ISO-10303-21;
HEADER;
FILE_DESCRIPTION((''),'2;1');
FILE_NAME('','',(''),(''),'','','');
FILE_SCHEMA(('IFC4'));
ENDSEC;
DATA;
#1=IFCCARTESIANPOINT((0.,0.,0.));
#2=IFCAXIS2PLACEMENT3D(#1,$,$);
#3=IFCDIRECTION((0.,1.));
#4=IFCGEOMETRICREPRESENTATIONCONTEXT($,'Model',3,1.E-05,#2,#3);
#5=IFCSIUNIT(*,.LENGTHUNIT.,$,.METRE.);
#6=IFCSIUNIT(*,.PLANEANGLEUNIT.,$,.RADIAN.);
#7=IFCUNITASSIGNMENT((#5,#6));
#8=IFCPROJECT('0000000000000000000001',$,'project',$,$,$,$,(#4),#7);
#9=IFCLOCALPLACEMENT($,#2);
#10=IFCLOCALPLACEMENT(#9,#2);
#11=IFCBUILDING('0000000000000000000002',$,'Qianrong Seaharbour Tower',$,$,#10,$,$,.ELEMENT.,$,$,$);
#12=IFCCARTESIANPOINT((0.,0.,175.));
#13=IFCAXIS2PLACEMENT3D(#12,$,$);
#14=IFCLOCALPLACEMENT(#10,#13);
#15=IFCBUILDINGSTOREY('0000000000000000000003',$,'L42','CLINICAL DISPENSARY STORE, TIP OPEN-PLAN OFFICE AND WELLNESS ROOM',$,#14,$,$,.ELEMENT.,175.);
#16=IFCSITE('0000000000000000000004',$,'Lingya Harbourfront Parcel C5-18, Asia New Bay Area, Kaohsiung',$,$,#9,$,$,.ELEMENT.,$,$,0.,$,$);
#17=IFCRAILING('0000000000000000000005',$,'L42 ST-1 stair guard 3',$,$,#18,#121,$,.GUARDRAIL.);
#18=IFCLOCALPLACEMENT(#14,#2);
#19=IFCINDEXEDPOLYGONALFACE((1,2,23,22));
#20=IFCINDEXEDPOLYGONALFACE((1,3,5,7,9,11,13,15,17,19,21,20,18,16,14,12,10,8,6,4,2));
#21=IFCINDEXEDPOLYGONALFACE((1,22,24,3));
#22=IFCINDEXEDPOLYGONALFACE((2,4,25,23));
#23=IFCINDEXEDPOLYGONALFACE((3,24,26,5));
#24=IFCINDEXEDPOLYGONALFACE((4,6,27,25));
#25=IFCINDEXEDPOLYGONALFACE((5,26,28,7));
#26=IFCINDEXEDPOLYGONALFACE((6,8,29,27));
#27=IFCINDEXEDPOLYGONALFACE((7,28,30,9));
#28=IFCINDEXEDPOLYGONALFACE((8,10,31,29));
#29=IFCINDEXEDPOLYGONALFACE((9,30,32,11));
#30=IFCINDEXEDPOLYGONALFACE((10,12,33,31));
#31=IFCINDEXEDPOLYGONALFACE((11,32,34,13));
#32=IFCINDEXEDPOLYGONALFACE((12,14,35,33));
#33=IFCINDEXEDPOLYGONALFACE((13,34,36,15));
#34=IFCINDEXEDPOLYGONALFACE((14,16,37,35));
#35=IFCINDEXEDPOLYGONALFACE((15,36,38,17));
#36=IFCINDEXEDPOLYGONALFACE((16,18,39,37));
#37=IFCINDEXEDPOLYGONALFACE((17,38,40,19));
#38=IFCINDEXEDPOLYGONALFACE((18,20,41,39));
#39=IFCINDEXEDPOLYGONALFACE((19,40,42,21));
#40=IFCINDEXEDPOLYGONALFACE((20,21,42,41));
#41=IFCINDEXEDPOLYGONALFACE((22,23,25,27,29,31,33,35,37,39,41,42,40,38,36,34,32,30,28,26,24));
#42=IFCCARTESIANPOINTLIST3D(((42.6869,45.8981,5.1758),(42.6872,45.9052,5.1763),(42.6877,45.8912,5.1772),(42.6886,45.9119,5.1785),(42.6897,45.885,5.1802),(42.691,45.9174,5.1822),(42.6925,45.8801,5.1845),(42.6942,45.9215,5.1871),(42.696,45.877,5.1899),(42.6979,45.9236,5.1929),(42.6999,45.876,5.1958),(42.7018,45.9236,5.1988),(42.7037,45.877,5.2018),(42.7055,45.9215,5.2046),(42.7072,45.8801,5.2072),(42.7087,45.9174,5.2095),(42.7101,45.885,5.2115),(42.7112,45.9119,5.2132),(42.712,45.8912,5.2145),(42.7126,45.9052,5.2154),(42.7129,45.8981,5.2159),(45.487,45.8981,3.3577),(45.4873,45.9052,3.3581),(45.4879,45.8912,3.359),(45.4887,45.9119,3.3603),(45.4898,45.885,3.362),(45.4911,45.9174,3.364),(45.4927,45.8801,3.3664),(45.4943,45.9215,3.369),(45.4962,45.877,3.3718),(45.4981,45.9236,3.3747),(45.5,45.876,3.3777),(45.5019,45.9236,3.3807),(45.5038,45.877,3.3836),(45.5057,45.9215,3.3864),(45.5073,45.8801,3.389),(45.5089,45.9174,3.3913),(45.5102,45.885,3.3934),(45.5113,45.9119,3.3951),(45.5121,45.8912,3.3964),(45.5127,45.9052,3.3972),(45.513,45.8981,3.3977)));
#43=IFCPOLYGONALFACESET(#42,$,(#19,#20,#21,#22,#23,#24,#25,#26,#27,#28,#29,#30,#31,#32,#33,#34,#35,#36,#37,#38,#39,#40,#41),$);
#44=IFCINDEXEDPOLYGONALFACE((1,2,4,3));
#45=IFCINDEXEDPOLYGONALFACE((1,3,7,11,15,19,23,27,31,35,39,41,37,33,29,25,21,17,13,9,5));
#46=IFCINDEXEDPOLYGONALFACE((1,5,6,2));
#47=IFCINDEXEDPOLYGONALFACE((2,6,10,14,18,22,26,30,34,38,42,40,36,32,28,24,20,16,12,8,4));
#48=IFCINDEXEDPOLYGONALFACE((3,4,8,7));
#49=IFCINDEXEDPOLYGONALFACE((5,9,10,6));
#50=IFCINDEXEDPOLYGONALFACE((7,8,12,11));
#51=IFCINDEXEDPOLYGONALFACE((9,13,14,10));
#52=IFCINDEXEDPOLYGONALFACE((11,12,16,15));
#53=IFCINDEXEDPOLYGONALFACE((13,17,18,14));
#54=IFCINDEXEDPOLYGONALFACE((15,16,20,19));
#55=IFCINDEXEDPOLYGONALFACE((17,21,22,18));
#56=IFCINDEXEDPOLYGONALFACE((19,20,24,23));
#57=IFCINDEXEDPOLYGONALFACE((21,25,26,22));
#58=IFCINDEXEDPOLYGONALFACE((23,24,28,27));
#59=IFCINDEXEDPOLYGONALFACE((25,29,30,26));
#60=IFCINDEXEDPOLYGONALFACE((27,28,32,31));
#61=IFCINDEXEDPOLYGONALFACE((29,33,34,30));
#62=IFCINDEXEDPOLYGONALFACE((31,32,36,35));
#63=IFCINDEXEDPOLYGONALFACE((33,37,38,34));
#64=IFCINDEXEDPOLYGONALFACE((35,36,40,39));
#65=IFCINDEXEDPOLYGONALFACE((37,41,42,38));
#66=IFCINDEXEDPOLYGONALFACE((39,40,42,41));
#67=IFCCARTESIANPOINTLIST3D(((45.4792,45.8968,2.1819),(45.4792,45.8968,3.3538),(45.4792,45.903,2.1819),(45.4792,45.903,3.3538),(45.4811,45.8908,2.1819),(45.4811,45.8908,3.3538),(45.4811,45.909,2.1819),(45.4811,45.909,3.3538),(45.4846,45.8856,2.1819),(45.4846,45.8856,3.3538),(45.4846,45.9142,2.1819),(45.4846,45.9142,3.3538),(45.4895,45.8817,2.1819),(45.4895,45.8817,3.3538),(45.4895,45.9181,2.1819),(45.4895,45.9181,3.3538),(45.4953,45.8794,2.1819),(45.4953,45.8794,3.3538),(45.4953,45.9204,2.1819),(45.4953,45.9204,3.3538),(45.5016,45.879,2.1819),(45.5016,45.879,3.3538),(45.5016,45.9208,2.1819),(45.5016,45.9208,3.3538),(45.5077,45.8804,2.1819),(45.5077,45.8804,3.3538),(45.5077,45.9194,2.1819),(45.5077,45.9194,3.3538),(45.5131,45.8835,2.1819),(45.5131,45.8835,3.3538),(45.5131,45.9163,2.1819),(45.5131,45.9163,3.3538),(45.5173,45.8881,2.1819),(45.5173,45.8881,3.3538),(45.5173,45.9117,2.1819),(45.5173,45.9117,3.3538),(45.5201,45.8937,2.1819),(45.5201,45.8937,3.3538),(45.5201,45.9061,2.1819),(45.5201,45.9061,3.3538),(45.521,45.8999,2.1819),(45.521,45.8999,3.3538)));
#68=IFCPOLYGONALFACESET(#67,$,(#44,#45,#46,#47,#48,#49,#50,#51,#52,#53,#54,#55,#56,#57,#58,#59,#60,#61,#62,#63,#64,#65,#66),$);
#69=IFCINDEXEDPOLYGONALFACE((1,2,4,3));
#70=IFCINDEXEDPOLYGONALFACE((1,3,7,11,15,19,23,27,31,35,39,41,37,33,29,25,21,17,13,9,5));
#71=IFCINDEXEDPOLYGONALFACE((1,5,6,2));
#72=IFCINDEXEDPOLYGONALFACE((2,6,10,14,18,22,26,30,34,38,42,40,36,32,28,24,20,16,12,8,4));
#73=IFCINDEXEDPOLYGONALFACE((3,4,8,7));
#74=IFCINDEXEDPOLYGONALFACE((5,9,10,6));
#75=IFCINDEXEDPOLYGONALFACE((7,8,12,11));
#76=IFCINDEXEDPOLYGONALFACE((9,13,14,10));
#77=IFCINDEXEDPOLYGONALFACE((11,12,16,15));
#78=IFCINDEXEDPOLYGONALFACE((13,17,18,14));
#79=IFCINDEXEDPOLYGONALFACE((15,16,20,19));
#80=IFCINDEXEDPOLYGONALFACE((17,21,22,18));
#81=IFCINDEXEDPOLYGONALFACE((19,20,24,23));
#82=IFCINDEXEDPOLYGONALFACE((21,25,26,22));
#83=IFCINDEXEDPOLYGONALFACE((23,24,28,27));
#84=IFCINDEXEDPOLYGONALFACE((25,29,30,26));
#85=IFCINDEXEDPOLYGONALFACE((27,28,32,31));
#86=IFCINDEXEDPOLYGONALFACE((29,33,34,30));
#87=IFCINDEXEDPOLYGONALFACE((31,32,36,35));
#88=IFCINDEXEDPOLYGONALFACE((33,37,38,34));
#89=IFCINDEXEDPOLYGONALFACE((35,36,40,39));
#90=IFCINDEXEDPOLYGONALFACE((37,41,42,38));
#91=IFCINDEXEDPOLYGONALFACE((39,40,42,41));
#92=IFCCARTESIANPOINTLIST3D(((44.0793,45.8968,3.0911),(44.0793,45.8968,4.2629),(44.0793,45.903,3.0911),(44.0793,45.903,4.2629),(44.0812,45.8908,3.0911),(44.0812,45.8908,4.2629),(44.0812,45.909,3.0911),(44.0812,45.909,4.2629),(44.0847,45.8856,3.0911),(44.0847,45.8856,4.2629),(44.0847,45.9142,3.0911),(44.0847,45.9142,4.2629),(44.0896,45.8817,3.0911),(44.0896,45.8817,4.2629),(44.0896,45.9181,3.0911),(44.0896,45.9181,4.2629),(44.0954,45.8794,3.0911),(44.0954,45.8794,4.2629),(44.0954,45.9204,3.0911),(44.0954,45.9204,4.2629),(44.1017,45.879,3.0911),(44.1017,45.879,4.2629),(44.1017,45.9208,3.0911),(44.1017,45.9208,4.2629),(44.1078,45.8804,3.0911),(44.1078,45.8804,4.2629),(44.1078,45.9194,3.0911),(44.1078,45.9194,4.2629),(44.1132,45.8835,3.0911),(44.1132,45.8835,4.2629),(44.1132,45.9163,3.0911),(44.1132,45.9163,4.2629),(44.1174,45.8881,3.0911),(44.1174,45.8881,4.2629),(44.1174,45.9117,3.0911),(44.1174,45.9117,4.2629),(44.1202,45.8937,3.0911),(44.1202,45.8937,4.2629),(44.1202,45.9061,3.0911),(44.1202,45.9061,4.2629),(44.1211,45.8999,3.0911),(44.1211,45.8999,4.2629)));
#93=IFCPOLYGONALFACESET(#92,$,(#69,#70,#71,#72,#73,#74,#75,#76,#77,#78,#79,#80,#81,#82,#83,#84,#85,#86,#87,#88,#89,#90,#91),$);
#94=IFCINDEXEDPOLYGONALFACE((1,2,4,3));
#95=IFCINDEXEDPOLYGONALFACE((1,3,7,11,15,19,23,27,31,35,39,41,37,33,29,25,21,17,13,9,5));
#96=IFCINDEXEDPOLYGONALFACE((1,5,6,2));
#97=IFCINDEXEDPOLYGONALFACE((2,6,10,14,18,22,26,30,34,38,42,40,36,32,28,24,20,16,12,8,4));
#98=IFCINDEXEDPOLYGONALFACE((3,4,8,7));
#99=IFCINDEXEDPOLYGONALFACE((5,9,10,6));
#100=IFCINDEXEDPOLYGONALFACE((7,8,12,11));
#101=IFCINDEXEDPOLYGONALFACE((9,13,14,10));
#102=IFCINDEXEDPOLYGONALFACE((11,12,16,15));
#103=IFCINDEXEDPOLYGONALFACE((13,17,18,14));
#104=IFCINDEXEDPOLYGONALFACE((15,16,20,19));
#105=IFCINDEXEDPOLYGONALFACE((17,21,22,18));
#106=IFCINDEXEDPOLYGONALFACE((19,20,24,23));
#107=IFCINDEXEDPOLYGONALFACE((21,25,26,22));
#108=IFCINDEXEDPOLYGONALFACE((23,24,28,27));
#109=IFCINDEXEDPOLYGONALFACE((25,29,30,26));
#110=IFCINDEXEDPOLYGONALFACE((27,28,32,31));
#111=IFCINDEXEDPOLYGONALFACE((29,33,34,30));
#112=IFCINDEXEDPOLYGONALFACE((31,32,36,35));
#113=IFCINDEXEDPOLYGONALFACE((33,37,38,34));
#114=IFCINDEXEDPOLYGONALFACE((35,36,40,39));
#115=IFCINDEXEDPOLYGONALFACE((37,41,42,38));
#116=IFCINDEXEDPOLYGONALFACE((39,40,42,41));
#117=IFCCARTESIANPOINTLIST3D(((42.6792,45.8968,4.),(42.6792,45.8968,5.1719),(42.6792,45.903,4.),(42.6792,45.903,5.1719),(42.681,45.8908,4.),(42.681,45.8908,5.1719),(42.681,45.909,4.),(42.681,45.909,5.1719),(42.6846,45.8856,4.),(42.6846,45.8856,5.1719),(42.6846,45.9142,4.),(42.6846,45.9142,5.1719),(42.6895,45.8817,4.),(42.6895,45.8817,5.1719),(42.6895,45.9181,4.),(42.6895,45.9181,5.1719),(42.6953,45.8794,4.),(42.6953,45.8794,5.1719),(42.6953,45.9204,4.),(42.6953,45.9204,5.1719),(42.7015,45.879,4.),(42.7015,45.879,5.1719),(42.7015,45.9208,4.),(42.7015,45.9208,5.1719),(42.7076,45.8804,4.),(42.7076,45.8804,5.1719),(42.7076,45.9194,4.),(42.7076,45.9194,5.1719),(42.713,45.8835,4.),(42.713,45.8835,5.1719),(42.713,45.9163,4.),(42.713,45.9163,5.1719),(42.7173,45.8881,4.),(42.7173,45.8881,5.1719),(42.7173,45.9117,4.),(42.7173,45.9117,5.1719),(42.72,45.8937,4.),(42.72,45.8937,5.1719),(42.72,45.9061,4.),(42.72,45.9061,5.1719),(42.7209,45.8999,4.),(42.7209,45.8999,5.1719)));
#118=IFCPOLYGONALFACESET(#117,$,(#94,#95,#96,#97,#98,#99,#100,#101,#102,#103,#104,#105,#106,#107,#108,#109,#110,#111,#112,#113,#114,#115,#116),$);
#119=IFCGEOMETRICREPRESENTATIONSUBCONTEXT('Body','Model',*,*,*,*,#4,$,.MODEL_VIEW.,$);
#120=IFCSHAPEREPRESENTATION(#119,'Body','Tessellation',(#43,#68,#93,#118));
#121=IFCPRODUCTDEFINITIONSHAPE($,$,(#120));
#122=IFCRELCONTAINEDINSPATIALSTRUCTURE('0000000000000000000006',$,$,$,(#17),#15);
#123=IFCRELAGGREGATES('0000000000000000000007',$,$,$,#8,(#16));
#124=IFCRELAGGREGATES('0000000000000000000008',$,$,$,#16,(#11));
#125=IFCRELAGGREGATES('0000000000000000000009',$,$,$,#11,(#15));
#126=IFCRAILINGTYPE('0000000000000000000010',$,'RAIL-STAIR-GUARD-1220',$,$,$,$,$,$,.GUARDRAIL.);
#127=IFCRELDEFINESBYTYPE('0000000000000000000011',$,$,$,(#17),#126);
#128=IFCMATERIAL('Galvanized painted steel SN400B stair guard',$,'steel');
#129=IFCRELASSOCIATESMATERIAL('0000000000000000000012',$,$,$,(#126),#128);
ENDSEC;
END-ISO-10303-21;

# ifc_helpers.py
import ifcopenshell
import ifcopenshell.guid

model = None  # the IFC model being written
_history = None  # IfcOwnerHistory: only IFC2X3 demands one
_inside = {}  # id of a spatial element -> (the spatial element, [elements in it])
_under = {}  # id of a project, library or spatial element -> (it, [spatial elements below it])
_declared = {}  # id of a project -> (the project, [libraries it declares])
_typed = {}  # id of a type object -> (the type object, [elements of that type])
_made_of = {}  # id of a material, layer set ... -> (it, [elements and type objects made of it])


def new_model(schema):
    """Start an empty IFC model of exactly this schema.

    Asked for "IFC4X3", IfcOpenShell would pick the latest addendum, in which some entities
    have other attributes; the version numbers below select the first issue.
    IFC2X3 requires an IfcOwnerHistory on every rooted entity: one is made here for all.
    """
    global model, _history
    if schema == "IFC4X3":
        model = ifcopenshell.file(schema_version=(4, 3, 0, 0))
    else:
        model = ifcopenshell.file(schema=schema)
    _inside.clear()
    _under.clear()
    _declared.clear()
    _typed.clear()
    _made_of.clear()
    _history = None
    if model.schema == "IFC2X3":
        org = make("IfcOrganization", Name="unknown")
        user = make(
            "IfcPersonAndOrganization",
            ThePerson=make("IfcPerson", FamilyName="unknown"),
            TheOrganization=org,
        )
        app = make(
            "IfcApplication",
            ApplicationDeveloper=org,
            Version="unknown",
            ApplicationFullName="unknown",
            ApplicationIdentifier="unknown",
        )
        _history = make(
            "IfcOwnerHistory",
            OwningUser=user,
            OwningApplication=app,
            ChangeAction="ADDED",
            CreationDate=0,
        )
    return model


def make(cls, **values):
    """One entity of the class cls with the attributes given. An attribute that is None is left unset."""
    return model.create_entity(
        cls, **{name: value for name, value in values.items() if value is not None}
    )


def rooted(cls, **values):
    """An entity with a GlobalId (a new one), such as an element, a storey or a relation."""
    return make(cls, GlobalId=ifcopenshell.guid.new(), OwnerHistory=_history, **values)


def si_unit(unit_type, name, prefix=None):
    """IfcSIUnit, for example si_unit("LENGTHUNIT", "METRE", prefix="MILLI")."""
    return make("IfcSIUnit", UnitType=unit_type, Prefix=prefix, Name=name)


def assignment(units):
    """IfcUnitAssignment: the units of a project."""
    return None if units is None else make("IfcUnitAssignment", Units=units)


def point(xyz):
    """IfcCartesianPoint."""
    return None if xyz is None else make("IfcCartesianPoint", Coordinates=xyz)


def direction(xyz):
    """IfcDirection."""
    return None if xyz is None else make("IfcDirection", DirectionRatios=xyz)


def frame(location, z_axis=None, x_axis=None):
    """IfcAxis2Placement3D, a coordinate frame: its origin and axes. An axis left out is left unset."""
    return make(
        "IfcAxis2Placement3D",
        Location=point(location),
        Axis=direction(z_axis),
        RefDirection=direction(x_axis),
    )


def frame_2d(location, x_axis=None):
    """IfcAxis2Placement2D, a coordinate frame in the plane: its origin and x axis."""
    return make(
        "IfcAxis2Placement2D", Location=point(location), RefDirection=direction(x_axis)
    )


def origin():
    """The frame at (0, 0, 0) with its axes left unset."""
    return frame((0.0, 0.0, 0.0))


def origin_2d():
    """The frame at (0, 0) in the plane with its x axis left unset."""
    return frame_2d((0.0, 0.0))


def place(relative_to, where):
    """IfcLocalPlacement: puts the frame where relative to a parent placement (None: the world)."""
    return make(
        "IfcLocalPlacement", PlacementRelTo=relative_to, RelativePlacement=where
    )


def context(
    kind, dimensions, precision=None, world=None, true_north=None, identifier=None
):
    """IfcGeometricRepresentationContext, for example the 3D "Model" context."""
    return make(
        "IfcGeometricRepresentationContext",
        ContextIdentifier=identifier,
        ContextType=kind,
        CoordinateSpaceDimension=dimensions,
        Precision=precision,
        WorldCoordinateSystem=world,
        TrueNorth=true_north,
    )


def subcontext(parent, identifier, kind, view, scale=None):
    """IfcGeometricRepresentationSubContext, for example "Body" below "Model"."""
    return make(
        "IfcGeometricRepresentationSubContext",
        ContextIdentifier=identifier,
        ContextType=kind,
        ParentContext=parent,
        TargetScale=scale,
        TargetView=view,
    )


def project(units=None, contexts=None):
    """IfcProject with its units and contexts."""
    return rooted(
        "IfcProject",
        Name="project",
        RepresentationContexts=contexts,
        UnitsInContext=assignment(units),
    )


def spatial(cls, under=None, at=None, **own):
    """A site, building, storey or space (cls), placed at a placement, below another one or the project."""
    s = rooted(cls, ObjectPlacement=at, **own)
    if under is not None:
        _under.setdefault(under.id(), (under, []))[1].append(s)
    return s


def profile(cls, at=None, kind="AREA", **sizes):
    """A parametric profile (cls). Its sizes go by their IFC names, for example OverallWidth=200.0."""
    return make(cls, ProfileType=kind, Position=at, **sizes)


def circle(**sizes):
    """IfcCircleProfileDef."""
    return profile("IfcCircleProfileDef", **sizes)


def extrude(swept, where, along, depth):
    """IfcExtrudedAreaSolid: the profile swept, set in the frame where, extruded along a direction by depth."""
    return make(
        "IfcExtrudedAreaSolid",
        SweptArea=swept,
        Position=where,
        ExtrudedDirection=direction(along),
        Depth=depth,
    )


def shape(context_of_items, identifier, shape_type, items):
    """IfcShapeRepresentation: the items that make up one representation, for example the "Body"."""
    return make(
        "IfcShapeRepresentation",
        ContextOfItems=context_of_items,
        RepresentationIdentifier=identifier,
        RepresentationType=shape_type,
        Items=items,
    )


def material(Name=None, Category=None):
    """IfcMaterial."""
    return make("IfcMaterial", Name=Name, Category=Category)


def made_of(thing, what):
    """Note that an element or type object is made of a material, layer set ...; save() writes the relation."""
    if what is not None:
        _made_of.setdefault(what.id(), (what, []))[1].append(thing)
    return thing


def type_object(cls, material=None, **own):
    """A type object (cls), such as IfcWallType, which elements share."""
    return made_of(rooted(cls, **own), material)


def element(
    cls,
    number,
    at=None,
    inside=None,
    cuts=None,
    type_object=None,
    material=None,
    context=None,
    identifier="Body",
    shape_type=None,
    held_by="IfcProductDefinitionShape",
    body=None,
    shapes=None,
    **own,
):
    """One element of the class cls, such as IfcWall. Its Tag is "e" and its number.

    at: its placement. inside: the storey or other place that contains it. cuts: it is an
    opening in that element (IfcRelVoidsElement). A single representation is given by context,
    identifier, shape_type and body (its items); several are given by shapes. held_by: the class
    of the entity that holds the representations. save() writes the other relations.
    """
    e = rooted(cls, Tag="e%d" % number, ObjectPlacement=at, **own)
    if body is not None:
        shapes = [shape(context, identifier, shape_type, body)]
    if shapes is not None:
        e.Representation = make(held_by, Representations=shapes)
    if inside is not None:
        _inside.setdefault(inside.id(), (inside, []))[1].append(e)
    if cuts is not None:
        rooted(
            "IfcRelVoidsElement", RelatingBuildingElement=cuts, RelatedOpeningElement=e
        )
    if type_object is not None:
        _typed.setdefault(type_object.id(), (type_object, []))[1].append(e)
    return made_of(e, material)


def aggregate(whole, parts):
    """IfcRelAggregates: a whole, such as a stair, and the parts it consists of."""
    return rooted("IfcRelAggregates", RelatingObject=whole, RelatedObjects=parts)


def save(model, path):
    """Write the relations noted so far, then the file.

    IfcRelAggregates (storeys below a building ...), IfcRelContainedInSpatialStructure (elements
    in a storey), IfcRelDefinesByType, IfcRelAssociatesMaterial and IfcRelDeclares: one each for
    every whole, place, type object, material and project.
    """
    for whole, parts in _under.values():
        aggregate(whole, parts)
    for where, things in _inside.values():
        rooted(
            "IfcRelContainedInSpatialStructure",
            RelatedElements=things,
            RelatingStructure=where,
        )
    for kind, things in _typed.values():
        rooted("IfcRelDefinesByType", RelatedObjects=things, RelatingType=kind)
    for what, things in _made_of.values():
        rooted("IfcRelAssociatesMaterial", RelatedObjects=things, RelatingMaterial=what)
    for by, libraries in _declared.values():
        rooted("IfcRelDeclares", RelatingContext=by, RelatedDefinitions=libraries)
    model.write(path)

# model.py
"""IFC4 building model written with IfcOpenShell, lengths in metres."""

from ifc_helpers import new_model, si_unit, direction, frame, origin, origin_2d, place, context, subcontext, project, spatial, circle, extrude, material, type_object, element, save


model = new_model("IFC4")

# Units and contexts
model_context = context("Model", 3, precision=1e-05, world=origin(), true_north=direction((0.0, 1.0)))
body_context = subcontext(model_context, "Body", "Model", "MODEL_VIEW")
ifc_project = project(units=[si_unit("LENGTHUNIT", "METRE"), si_unit("PLANEANGLEUNIT", "RADIAN")], contexts=[model_context])

# Site, building, storey
site_placement = place(None, origin())
site = spatial("IfcSite", under=ifc_project, at=site_placement, Name="Lingya Harbourfront Parcel C5-18, Asia New Bay Area, Kaohsiung", CompositionType="ELEMENT", RefElevation=0.0)
building_placement = place(site_placement, origin())
building = spatial("IfcBuilding", under=site, at=building_placement, Name="Qianrong Seaharbour Tower", CompositionType="ELEMENT")
storey_placement = place(building_placement, frame((0.0, 0.0, 175.0)))
storey = spatial("IfcBuildingStorey", under=building, at=storey_placement, Name="L42", Description="CLINICAL DISPENSARY STORE, TIP OPEN-PLAN OFFICE AND WELLNESS ROOM", CompositionType="ELEMENT", Elevation=175.0)

# Railing
ifc_material_1 = material(Name="Galvanized painted steel SN400B stair guard", Category="steel")
railing_type_1 = type_object("IfcRailingType", Name="RAIL-STAIR-GUARD-1220", PredefinedType="GUARDRAIL", material=ifc_material_1)
railing_1_placement = place(storey_placement, frame((45.5, 45.8999, 2.1819)))
element("IfcRailing", 1, at=railing_1_placement, inside=storey, type_object=railing_type_1, Name="L42 ST-1 stair guard 3", PredefinedType="GUARDRAIL", context=body_context, shape_type="SweptSolid", body=[
    extrude(circle(Radius=0.0239, at=origin_2d()), frame((0.0, 0.0, 1.1958), z_axis=(-0.838706, 0.0, 0.544585), x_axis=(0.0, -1.0, 0.0)), (0.0, 0.0, 1.0), 3.3386),
    extrude(circle(Radius=0.021, at=origin_2d()), origin(), (0.0, 0.0, 1.0), 1.1719),
    extrude(circle(Radius=0.021, at=origin_2d()), frame((-1.3999, 0.0, 0.9092)), (0.0, 0.0, 1.0), 1.1719),
    extrude(circle(Radius=0.021, at=origin_2d()), frame((-2.8, 0.0, 1.8181)), (0.0, 0.0, 1.0), 1.1719),
])

save(model, "model.ifc")
